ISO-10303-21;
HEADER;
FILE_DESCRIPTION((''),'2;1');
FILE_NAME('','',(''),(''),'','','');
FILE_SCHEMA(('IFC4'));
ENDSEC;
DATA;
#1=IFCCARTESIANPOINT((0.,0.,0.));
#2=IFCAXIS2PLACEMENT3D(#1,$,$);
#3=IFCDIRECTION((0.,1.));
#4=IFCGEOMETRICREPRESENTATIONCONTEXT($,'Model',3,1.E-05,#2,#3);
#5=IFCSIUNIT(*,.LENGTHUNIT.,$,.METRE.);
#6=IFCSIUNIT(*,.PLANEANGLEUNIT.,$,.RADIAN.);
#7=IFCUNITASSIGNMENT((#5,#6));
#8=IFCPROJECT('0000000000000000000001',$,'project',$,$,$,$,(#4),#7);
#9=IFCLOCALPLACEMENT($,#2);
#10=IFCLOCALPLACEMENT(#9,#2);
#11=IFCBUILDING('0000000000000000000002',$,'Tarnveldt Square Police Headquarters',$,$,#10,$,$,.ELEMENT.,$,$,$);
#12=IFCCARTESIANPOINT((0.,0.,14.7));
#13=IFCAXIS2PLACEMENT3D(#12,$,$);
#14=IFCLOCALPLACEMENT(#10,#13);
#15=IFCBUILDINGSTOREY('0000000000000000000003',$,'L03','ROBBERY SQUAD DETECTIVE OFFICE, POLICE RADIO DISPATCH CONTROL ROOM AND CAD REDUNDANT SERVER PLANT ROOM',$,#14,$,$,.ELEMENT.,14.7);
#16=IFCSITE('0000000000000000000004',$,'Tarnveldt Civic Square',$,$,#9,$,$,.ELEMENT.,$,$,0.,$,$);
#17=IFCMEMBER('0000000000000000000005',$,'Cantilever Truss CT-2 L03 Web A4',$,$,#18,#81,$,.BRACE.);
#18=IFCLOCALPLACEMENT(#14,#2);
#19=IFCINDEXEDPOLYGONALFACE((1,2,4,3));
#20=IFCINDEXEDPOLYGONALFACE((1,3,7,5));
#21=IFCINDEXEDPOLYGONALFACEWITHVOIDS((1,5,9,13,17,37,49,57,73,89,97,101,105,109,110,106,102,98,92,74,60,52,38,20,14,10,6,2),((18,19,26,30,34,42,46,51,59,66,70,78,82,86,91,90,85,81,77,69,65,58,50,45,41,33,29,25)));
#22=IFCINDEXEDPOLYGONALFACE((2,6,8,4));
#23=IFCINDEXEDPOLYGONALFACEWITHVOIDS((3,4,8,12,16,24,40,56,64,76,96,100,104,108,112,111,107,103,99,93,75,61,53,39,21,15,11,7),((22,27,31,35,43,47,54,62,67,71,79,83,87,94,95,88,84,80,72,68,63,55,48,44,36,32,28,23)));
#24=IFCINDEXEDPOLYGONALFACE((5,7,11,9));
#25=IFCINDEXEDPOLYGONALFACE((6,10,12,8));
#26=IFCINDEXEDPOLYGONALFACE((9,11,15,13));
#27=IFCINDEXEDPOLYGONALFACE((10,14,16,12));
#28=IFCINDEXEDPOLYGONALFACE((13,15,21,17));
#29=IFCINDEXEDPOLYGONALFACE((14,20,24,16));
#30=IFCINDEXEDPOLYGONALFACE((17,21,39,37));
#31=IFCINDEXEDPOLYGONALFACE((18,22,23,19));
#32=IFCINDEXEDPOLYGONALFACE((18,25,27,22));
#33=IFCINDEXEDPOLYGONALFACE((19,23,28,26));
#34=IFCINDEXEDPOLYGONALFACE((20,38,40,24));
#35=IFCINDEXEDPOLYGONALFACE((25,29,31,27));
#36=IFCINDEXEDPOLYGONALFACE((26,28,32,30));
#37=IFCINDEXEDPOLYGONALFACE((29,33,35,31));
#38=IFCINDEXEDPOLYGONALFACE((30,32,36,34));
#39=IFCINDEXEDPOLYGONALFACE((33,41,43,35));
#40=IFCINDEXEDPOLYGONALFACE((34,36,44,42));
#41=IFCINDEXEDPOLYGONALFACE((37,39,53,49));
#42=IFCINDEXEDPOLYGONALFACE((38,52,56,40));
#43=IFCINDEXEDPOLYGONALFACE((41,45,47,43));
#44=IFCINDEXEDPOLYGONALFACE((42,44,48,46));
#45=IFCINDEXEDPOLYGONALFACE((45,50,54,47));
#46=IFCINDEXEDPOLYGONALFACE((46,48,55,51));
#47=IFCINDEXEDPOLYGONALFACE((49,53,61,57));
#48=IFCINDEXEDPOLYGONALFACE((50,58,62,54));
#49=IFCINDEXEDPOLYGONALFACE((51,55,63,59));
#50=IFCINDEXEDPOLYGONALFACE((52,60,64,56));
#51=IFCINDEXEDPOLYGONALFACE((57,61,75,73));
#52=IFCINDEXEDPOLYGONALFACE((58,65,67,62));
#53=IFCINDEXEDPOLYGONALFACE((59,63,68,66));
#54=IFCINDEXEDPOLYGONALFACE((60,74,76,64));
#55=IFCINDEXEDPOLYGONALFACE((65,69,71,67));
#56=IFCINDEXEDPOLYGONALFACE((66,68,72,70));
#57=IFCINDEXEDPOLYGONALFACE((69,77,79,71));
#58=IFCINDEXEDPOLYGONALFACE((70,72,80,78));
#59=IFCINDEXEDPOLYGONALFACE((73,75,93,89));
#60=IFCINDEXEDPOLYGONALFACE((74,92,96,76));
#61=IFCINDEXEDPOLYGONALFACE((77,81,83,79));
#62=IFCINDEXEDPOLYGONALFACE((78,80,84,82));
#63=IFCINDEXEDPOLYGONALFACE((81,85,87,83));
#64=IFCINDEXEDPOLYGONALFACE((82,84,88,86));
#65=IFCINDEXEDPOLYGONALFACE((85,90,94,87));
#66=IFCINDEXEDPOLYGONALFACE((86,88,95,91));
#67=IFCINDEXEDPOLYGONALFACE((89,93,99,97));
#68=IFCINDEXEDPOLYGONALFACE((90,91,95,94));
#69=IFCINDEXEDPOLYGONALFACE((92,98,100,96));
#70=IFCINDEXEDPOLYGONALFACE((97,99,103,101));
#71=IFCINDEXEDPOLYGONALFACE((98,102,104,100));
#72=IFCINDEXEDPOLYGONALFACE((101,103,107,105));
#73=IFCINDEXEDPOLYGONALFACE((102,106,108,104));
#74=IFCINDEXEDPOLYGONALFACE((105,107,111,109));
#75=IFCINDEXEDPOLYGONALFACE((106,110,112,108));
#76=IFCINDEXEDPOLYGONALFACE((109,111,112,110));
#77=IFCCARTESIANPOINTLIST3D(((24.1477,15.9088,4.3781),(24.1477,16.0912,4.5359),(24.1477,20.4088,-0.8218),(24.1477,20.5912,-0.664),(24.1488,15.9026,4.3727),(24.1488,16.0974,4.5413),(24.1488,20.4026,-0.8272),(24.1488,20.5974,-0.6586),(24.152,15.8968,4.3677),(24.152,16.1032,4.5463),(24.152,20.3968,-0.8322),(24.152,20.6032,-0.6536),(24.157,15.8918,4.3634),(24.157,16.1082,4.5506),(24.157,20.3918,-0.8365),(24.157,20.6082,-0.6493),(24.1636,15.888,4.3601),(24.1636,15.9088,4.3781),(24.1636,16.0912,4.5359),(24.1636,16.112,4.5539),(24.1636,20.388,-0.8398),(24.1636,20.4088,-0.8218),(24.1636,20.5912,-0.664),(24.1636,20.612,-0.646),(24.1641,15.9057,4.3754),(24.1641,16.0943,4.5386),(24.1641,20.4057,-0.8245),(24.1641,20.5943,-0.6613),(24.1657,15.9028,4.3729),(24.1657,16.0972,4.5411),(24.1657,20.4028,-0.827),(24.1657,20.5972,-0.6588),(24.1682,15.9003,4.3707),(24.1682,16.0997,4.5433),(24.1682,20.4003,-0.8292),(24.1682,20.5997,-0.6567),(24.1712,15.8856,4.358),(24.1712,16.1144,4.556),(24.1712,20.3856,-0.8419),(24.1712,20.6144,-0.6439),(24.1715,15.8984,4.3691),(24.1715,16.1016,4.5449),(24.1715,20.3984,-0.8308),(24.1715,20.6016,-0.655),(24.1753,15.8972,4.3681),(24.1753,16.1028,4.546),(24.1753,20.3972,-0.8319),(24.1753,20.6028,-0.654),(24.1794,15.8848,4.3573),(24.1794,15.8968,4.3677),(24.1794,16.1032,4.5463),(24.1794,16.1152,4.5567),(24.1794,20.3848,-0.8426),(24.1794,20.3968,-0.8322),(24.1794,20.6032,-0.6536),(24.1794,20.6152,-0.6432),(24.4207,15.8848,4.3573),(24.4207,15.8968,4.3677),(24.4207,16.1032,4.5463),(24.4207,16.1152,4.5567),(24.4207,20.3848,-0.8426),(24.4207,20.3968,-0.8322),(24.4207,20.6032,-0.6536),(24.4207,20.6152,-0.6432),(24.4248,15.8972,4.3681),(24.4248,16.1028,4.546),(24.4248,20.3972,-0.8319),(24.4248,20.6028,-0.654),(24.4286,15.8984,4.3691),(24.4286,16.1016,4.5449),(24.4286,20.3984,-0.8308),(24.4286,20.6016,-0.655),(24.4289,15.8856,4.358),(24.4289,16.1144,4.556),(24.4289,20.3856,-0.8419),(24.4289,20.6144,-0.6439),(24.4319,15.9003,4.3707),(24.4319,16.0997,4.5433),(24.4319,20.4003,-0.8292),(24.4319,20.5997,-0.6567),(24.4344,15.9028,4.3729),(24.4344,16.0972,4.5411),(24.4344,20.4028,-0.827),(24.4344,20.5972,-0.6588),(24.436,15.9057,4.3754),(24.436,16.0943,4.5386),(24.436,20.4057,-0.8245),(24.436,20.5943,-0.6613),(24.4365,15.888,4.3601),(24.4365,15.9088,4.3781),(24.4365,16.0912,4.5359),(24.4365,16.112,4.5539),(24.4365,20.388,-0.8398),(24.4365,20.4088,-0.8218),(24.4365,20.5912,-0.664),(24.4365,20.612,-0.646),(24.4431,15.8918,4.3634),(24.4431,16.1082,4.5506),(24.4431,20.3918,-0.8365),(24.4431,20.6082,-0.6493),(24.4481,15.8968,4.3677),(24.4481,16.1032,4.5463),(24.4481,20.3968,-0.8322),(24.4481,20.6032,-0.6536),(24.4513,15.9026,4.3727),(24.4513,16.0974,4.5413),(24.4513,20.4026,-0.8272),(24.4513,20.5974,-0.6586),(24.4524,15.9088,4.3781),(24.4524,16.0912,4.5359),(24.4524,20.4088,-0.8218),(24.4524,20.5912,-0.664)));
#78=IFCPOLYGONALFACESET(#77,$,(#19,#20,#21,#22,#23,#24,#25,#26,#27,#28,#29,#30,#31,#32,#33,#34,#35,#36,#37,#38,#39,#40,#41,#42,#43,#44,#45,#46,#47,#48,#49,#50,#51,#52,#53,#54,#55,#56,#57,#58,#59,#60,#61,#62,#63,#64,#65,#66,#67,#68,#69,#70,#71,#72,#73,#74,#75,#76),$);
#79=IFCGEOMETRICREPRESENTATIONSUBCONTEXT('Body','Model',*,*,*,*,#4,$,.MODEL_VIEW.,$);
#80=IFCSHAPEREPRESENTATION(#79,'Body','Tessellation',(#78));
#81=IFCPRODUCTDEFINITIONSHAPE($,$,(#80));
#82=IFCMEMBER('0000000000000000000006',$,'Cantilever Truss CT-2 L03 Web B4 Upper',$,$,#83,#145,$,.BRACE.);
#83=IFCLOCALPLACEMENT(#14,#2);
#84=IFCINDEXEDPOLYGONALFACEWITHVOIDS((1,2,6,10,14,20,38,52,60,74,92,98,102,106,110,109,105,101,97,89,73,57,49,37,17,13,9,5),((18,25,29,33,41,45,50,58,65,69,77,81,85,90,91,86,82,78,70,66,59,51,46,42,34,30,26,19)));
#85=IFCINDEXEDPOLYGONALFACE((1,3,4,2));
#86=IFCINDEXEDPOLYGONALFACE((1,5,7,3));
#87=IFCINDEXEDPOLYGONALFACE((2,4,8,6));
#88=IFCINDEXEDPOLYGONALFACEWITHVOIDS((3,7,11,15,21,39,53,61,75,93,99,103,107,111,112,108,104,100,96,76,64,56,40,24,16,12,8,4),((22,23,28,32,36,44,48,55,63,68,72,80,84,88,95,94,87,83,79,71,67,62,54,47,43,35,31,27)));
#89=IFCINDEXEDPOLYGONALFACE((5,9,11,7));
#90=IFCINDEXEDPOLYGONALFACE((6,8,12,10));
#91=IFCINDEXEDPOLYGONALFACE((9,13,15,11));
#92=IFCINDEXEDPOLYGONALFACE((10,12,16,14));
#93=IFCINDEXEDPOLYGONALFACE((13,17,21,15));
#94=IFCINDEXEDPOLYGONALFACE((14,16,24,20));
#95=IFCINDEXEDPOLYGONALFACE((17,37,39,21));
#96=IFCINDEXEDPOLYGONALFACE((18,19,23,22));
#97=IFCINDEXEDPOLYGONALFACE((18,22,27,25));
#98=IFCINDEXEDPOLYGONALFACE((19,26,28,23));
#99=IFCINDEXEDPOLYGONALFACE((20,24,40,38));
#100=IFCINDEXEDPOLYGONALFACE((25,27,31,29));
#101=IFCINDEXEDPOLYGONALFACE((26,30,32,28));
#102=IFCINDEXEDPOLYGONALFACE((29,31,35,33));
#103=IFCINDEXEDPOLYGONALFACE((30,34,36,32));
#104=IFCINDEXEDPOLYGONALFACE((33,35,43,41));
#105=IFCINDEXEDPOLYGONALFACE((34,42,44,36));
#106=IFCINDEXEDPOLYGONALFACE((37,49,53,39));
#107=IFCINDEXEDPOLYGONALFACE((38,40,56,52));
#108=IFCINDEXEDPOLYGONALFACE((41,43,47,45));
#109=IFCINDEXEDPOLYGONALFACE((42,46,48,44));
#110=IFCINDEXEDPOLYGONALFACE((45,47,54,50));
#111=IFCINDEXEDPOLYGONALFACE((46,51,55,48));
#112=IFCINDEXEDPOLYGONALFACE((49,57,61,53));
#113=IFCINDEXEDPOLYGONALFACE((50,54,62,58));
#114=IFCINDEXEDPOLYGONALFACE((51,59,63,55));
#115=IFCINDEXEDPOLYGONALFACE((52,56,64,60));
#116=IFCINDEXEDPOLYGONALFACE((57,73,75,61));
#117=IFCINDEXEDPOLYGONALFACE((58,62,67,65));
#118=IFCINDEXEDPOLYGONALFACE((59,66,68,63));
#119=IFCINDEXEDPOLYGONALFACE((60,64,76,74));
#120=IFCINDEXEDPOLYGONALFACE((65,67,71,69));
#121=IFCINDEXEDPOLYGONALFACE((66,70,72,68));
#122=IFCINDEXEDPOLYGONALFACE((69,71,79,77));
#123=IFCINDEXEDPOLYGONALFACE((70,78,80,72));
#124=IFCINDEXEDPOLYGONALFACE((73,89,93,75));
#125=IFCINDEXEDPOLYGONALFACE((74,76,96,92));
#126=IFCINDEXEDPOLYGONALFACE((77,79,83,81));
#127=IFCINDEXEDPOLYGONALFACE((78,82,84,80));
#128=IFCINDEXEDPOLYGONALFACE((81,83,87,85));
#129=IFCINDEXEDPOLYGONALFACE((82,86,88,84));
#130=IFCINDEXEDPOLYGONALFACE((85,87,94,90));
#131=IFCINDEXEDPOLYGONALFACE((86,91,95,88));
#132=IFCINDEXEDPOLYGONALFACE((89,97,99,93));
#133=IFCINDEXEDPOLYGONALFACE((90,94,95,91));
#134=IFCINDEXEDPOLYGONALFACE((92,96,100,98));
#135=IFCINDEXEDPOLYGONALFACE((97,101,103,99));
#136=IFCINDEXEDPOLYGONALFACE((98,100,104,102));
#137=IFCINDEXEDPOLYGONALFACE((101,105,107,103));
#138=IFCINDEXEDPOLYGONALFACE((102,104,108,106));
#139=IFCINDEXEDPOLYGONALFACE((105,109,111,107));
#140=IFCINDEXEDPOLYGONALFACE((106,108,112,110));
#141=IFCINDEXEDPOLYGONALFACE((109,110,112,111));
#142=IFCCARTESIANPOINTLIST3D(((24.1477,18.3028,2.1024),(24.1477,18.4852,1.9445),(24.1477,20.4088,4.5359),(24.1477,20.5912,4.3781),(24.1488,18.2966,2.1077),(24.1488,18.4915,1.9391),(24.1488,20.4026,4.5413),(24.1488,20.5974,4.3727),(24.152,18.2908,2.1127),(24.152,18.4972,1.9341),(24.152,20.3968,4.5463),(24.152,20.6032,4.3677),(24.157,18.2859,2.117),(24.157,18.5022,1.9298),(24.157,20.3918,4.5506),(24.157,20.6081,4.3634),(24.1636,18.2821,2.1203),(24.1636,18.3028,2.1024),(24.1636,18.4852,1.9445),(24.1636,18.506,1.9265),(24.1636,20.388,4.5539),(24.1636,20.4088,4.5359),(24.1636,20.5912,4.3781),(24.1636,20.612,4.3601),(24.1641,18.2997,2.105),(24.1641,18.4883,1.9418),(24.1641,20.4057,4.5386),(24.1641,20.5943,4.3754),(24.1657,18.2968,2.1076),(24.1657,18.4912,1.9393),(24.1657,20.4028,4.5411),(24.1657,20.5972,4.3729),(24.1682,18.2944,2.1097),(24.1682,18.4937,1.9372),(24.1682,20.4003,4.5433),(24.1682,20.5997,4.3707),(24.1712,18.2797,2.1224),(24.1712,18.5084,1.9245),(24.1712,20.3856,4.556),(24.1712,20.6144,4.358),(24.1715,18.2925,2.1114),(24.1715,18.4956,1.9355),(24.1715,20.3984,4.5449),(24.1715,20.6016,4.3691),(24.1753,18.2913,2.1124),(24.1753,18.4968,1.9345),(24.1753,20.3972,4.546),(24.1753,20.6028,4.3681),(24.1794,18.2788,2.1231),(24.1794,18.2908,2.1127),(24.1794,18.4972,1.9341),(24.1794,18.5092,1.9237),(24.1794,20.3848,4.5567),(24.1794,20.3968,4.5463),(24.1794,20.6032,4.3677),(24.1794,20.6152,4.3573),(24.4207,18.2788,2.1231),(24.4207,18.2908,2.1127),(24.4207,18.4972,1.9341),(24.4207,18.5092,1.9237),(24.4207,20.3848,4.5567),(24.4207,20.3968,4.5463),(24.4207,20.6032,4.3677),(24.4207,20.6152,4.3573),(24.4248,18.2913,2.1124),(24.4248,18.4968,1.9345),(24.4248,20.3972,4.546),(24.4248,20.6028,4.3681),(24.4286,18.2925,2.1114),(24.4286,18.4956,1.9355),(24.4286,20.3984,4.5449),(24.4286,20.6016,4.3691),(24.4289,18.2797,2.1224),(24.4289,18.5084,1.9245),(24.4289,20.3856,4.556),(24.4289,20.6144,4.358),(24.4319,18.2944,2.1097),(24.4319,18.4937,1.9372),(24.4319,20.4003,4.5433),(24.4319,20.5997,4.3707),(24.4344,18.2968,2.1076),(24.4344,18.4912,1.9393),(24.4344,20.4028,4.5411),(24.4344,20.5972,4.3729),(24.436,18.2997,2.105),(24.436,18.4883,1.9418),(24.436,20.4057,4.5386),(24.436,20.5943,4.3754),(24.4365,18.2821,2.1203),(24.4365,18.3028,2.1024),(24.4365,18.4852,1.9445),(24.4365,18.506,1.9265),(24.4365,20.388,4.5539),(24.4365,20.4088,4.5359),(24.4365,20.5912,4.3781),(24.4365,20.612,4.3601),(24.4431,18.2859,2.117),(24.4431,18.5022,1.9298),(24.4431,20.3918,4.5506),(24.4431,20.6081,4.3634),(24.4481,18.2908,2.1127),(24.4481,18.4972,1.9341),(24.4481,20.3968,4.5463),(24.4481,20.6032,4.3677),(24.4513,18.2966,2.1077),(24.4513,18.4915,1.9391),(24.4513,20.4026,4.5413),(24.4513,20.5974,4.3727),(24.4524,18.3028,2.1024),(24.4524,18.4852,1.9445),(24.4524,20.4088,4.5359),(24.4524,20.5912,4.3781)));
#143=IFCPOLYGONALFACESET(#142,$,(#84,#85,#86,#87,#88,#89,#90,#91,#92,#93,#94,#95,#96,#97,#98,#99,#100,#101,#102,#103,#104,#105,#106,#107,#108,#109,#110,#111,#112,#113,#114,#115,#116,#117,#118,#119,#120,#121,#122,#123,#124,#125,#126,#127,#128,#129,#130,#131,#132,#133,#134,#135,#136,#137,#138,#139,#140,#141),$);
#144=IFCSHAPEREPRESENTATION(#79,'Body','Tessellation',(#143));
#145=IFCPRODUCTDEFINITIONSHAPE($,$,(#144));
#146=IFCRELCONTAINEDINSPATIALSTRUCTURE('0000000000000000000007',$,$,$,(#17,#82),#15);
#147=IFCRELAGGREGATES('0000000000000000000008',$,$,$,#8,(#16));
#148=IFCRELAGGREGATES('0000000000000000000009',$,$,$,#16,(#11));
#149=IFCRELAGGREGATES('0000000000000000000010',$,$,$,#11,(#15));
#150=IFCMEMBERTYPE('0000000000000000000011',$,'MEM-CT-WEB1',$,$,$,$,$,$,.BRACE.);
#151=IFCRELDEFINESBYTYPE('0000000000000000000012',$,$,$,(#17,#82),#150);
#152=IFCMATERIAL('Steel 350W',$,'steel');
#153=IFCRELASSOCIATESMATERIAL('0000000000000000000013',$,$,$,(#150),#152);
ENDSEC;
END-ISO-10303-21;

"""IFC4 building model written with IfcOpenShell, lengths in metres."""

from ifc_helpers import new_model, si_unit, direction, frame, origin, origin_2d, place, context, subcontext, project, spatial, hollow_rectangle, extrude, material, material_profile, profile_set, type_object, element, save


model = new_model("IFC4")

# Units and contexts
model_context = context("Model", 3, precision=1e-05, world=origin(), true_north=direction((0.0, 1.0)))
body_context = subcontext(model_context, "Body", "Model", "MODEL_VIEW")
ifc_project = project(units=[si_unit("LENGTHUNIT", "METRE"), si_unit("PLANEANGLEUNIT", "RADIAN")], contexts=[model_context])

# Site, building, storey
site_placement = place(None, origin())
site = spatial("IfcSite", under=ifc_project, at=site_placement, Name="Tarnveldt Civic Square", CompositionType="ELEMENT", RefElevation=0.0)
building_placement = place(site_placement, origin())
building = spatial("IfcBuilding", under=site, at=building_placement, Name="Tarnveldt Square Police Headquarters", CompositionType="ELEMENT")
storey_placement = place(building_placement, frame((0.0, 0.0, 14.7)))
storey = spatial("IfcBuildingStorey", under=building, at=storey_placement, Name="L03", Description="ROBBERY SQUAD DETECTIVE OFFICE, POLICE RADIO DISPATCH CONTROL ROOM AND CAD REDUNDANT SERVER PLANT ROOM", CompositionType="ELEMENT", Elevation=14.7)

# Shared definitions
ifc_material_1 = material(Name="Steel 350W", Category="steel")

# Members
ifc_material_profile_1 = material_profile(ifc_material_1, hollow_rectangle(XDim=0.3047, YDim=0.3047, WallThickness=0.0159, InnerFilletRadius=0.0159, OuterFilletRadius=0.0317, at=origin_2d()), Name="HSS305x305x16")
ifc_profile_set_1 = profile_set([ifc_material_profile_1], Name="Steel 350W")
member_type_1 = type_object("IfcMemberType", Name="MEM-CT-WEB1", PredefinedType="BRACE", material=ifc_profile_set_1)
member_1_placement = place(storey_placement, frame((24.3, 20.5, -0.7429), z_axis=(0.0, -0.65438, 0.756166), x_axis=(1.0, 0.0, 0.0)))
element("IfcMember", 1, at=member_1_placement, inside=storey, type_object=member_type_1, Name="Cantilever Truss CT-2 L03 Web A4", PredefinedType="BRACE", context=body_context, shape_type="SweptSolid", body=[
    extrude(hollow_rectangle(XDim=0.3047, YDim=0.3047, WallThickness=0.0159, InnerFilletRadius=0.0159, OuterFilletRadius=0.0317, at=origin_2d()), origin(), (0.0, 0.0, 1.0), 6.8767),
])
member_2_placement = place(storey_placement, frame((24.3, 18.394, 2.0234), z_axis=(0.0, 0.65437, 0.756174), x_axis=(-1.0, 0.0, 0.0)))
element("IfcMember", 2, at=member_2_placement, inside=storey, type_object=member_type_1, Name="Cantilever Truss CT-2 L03 Web B4 Upper", PredefinedType="BRACE", context=body_context, shape_type="SweptSolid", body=[
    extrude(hollow_rectangle(XDim=0.3047, YDim=0.3047, WallThickness=0.0159, InnerFilletRadius=0.0159, OuterFilletRadius=0.0317, at=origin_2d()), origin(), (0.0, 0.0, 1.0), 3.2183),
])

save(model, "model.ifc")
